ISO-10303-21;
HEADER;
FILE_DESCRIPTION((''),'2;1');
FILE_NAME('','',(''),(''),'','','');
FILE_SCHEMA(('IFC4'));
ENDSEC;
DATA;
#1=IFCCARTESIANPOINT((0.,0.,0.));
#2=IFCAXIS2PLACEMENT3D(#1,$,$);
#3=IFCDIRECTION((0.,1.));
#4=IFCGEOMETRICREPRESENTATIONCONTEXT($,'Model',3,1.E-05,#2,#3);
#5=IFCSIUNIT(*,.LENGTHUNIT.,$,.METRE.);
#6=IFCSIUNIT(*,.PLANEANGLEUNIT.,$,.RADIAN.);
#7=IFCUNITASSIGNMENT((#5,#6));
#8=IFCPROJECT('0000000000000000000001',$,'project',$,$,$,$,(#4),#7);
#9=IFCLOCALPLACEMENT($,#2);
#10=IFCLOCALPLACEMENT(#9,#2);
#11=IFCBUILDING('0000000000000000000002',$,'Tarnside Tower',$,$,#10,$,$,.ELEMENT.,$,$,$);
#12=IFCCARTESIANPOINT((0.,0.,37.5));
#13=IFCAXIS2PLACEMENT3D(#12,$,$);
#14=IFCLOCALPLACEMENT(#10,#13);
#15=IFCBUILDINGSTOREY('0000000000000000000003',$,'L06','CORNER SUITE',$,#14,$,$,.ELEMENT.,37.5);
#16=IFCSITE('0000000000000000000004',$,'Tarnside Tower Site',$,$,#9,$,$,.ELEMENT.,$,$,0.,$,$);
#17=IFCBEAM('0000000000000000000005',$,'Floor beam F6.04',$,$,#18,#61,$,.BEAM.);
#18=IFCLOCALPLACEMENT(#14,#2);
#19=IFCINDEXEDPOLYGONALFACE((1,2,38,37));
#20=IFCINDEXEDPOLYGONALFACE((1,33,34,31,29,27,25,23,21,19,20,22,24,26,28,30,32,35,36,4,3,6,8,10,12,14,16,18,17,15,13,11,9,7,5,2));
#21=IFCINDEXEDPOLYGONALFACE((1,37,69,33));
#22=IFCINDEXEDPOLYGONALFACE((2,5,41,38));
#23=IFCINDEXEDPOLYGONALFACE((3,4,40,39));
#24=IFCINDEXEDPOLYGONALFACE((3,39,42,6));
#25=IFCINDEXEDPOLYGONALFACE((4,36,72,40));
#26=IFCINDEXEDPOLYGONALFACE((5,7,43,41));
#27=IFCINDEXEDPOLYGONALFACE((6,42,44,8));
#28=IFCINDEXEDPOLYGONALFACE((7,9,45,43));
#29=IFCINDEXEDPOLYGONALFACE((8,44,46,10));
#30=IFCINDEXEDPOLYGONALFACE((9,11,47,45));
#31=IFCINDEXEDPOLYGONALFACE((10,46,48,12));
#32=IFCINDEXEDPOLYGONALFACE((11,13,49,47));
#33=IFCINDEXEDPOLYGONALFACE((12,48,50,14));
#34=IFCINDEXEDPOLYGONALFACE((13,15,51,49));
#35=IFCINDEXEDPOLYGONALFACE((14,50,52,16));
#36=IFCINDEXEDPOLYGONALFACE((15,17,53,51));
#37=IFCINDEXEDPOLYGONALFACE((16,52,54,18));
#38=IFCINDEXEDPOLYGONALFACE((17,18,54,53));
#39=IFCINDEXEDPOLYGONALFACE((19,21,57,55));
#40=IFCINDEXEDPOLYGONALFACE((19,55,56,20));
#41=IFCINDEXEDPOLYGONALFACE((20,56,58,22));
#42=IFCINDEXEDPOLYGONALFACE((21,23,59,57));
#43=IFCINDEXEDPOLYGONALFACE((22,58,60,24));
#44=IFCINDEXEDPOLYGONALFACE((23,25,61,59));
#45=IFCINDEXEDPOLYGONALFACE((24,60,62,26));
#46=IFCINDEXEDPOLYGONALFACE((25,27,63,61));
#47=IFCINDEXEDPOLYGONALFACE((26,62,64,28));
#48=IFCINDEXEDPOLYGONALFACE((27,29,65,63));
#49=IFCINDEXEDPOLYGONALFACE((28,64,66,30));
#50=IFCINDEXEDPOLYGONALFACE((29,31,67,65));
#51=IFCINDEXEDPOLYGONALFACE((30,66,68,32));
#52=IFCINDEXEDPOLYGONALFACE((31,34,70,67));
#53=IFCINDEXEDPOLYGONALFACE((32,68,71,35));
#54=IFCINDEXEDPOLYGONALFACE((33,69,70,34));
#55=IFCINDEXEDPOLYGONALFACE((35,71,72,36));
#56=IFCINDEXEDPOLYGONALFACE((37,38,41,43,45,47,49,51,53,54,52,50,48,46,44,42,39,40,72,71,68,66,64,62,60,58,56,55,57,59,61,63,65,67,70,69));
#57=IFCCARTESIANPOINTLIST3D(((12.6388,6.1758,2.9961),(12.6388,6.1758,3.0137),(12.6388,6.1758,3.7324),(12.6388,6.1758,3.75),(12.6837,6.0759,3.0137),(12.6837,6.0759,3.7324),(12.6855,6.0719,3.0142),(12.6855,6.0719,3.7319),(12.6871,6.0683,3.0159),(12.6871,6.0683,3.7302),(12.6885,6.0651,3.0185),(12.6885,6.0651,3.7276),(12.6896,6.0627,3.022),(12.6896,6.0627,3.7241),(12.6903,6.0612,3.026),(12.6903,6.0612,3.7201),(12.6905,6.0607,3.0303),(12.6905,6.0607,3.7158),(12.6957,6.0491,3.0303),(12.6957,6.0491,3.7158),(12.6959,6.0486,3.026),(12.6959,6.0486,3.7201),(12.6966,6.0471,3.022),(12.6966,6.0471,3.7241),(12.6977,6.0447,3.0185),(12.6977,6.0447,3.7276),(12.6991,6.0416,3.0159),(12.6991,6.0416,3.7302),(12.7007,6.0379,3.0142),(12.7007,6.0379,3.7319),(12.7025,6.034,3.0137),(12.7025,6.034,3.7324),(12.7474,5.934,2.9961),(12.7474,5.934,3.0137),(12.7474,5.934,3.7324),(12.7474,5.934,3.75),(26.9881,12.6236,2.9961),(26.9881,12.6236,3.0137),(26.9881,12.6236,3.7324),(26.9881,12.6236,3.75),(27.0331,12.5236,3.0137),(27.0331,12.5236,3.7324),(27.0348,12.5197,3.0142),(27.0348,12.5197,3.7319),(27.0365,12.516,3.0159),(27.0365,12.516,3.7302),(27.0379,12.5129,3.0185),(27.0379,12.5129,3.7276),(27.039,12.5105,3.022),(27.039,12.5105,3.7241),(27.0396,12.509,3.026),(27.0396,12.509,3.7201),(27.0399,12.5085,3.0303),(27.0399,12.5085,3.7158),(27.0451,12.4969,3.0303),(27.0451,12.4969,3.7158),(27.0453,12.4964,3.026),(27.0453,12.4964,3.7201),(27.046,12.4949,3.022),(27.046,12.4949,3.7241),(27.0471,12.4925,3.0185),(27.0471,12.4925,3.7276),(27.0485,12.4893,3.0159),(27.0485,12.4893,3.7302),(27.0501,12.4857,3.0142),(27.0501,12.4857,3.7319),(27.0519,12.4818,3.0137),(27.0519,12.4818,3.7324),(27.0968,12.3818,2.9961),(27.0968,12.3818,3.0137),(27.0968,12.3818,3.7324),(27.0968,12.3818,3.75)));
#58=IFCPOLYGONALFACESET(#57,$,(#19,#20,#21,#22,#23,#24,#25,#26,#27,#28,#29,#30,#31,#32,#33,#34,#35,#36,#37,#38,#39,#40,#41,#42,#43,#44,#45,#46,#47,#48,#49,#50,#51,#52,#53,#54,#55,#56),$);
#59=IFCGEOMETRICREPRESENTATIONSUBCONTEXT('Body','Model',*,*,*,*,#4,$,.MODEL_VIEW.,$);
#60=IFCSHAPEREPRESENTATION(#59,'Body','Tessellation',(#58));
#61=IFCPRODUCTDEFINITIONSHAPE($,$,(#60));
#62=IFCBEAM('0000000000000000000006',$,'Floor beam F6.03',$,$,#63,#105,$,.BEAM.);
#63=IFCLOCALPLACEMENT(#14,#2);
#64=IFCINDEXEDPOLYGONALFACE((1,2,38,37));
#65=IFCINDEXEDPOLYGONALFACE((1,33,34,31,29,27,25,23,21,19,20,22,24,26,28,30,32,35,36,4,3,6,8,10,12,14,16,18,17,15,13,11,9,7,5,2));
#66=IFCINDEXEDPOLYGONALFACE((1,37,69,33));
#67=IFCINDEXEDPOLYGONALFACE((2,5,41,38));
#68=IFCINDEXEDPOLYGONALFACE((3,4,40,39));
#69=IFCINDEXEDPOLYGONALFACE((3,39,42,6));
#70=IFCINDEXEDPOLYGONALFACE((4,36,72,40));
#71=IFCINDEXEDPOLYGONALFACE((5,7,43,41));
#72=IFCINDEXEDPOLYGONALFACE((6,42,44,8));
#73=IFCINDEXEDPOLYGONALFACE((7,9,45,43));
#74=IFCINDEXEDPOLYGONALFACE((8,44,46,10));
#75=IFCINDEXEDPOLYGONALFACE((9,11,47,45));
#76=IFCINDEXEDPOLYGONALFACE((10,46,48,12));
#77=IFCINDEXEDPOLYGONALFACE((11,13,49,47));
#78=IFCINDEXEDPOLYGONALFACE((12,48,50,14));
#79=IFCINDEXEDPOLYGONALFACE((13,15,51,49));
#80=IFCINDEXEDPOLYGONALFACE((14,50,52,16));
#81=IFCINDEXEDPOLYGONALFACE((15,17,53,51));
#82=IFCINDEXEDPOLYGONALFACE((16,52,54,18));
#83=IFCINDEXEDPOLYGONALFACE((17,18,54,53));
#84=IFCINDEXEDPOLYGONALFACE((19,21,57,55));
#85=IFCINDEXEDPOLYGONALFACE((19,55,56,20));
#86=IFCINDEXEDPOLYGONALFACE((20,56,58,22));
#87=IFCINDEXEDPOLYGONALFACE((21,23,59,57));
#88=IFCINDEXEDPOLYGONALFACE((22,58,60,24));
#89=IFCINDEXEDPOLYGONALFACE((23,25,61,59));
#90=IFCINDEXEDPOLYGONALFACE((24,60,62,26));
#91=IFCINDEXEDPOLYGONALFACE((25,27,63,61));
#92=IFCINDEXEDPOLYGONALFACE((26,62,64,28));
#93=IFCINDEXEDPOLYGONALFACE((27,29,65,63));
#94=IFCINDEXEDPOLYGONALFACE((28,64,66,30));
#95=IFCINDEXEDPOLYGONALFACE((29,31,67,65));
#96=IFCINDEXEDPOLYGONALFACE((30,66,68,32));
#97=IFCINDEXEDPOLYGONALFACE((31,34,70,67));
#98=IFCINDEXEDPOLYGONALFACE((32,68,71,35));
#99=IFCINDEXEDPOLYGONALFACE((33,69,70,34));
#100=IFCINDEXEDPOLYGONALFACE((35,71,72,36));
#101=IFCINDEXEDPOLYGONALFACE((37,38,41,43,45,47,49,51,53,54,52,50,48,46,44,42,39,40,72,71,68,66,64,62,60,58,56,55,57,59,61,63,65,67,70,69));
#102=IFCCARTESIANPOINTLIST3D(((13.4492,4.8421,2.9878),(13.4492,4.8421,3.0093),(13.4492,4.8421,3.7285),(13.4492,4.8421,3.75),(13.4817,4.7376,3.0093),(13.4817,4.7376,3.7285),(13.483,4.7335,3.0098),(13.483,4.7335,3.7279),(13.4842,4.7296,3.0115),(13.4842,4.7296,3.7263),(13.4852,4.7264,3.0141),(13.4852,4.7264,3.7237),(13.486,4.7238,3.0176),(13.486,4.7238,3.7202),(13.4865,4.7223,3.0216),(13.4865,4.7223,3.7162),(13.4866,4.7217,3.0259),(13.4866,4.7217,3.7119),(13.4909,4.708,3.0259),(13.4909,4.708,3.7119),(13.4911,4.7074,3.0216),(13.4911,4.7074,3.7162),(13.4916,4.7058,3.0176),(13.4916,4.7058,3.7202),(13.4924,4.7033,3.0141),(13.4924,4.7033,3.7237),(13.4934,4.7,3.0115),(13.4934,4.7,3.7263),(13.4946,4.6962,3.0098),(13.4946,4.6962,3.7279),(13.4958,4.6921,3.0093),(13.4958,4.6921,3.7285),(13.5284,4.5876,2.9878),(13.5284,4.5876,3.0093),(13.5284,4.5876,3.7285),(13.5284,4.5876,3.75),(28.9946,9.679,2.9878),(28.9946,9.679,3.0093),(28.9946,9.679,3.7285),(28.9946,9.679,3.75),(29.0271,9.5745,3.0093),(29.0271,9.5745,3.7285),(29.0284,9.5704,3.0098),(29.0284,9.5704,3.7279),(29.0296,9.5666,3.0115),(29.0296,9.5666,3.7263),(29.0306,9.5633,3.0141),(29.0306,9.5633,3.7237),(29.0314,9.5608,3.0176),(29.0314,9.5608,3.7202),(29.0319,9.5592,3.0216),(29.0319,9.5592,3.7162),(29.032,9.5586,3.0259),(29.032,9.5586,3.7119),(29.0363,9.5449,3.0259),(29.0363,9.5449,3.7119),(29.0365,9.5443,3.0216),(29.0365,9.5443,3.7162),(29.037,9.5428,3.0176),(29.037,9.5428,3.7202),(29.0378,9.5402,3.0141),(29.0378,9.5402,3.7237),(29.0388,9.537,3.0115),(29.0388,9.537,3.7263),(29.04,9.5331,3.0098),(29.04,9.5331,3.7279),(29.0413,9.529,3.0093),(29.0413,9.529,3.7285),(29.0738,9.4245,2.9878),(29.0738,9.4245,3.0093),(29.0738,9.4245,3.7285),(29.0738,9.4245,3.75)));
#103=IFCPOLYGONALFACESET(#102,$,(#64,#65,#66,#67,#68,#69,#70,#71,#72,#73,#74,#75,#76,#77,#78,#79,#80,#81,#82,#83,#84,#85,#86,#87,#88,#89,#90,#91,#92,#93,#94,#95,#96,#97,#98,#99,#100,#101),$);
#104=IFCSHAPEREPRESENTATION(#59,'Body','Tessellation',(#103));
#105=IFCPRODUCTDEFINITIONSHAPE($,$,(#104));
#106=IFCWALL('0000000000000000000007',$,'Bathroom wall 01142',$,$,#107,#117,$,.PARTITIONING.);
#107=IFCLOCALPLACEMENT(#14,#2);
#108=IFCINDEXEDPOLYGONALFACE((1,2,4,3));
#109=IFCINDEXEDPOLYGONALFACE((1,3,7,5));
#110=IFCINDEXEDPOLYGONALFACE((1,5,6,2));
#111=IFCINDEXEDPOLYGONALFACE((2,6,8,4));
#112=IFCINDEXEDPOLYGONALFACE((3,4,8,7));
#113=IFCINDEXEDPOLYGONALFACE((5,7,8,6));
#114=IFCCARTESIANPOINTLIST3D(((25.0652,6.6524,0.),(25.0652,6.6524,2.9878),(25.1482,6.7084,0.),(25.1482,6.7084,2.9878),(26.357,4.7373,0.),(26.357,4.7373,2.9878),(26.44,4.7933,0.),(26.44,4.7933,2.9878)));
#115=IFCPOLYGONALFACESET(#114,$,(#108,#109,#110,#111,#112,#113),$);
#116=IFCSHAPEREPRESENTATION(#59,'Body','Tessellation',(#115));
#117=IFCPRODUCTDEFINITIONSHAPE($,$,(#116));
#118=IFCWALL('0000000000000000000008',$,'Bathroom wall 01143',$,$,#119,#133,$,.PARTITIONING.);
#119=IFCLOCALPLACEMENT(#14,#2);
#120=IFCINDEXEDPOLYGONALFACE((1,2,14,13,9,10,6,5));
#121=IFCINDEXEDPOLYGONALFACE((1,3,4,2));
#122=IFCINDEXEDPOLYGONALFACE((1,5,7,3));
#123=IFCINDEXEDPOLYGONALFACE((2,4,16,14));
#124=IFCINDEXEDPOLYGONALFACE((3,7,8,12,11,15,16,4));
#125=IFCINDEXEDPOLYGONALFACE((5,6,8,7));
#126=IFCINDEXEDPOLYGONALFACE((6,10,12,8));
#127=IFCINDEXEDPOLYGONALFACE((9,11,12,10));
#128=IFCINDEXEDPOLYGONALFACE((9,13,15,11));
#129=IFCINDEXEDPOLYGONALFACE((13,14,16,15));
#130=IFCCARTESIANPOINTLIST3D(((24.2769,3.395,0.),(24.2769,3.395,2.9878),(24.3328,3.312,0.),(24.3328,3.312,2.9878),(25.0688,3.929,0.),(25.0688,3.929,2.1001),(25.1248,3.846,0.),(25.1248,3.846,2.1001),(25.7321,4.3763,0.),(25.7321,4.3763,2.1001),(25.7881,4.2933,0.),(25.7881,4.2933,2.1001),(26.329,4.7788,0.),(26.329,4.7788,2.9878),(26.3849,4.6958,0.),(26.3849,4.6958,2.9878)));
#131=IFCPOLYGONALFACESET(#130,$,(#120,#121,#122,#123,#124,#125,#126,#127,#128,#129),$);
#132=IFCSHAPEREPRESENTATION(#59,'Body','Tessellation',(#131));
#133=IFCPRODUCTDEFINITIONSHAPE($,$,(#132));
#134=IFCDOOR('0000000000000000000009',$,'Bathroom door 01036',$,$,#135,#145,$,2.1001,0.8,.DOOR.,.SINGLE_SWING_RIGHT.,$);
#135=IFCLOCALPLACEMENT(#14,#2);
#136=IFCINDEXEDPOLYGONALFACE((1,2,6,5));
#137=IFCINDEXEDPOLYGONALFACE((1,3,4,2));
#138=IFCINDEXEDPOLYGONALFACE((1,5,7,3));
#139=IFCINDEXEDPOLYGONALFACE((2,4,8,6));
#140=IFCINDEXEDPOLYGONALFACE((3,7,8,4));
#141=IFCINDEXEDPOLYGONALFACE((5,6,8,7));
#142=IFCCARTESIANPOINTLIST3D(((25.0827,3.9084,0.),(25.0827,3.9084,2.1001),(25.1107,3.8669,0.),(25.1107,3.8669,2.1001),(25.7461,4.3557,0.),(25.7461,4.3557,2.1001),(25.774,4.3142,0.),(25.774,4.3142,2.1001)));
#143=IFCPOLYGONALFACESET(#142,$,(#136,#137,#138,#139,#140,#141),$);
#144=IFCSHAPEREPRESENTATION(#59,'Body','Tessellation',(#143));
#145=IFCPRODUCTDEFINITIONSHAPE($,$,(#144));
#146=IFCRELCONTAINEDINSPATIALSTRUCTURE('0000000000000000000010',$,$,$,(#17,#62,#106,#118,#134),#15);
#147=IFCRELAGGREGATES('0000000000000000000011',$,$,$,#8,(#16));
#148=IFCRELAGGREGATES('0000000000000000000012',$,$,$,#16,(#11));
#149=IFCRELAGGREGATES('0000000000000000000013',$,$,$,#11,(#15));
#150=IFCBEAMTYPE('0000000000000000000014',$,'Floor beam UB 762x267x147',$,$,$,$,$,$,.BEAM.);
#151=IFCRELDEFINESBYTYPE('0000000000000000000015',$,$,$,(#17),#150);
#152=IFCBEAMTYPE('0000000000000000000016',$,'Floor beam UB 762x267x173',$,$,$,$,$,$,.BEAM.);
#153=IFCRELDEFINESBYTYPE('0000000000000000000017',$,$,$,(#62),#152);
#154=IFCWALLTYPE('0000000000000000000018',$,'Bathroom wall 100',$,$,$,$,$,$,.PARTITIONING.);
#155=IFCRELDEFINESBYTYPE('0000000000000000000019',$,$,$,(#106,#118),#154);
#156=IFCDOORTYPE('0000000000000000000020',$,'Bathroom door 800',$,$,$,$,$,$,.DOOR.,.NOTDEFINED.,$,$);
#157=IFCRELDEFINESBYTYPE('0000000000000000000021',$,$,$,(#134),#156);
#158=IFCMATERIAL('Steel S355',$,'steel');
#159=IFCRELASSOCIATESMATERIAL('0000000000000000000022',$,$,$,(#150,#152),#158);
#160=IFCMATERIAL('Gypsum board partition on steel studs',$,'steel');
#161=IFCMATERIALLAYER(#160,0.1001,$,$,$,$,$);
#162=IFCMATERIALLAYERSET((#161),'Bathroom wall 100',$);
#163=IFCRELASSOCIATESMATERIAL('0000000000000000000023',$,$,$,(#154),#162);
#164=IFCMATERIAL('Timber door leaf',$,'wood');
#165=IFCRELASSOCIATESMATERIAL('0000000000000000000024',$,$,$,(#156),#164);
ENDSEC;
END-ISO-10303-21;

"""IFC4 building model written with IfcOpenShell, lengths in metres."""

from ifc_helpers import new_model, si_unit, direction, frame, frame_2d, origin, origin_2d, place, context, subcontext, project, spatial, rectangle, i_section, extrude, material, layer, layer_set, material_profile, profile_set, type_object, element, fill, save


model = new_model("IFC4")

# Units and contexts
model_context = context("Model", 3, precision=1e-05, world=origin(), true_north=direction((0.0, 1.0)))
body_context = subcontext(model_context, "Body", "Model", "MODEL_VIEW")
ifc_project = project(units=[si_unit("LENGTHUNIT", "METRE"), si_unit("PLANEANGLEUNIT", "RADIAN")], contexts=[model_context])

# Site, building, storey
site_placement = place(None, origin())
site = spatial("IfcSite", under=ifc_project, at=site_placement, Name="Tarnside Tower Site", CompositionType="ELEMENT", RefElevation=0.0)
building_placement = place(site_placement, origin())
building = spatial("IfcBuilding", under=site, at=building_placement, Name="Tarnside Tower", CompositionType="ELEMENT")
storey_placement = place(building_placement, frame((0.0, 0.0, 37.5)))
storey = spatial("IfcBuildingStorey", under=building, at=storey_placement, Name="L06", Description="CORNER SUITE", CompositionType="ELEMENT", Elevation=37.5)

# Beams
ifc_material_1 = material(Name="Steel S355", Category="steel")
ifc_material_profile_1 = material_profile(ifc_material_1, i_section(OverallWidth=0.2651, OverallDepth=0.7539, WebThickness=0.0127, FlangeThickness=0.0176, FilletRadius=0.0166, at=origin_2d()), Name="UB 762x267x147")
ifc_profile_set_1 = profile_set([ifc_material_profile_1], Name="Steel S355")
beam_type_1 = type_object("IfcBeamType", Name="Floor beam UB 762x267x147", PredefinedType="BEAM", material=ifc_profile_set_1)
beam_1_placement = place(storey_placement, frame((27.0425, 12.5027, 3.373), z_axis=(-0.912146, -0.409865, 0.0), x_axis=(0.409865, -0.912146, 0.0)))
element("IfcBeam", 1, at=beam_1_placement, inside=storey, type_object=beam_type_1, Name="Floor beam F6.04", PredefinedType="BEAM", context=body_context, shape_type="SweptSolid", body=[
    extrude(i_section(OverallWidth=0.2651, OverallDepth=0.7539, WebThickness=0.0127, FlangeThickness=0.0176, FilletRadius=0.0166, at=origin_2d()), origin(), (0.0, 0.0, 1.0), 15.7314),
])
ifc_material_profile_2 = material_profile(ifc_material_1, i_section(OverallWidth=0.2666, OverallDepth=0.7622, WebThickness=0.0144, FlangeThickness=0.0215, FilletRadius=0.0166, at=origin_2d()), Name="UB 762x267x173")
ifc_profile_set_2 = profile_set([ifc_material_profile_2], Name="Steel S355")
beam_type_2 = type_object("IfcBeamType", Name="Floor beam UB 762x267x173", PredefinedType="BEAM", material=ifc_profile_set_2)
beam_2_placement = place(storey_placement, frame((29.0342, 9.5518, 3.3689), z_axis=(-0.954847, -0.297098, 0.0), x_axis=(0.297098, -0.954847, 0.0)))
element("IfcBeam", 2, at=beam_2_placement, inside=storey, type_object=beam_type_2, Name="Floor beam F6.03", PredefinedType="BEAM", context=body_context, shape_type="SweptSolid", body=[
    extrude(i_section(OverallWidth=0.2666, OverallDepth=0.7622, WebThickness=0.0144, FlangeThickness=0.0215, FilletRadius=0.0166, at=origin_2d()), origin(), (0.0, 0.0, 1.0), 16.2805),
])

# Wall
ifc_material_2 = material(Name="Gypsum board partition on steel studs", Category="steel")
ifc_layer_1 = layer(ifc_material_2, 0.1001)
ifc_layer_set_1 = layer_set([ifc_layer_1], Name="Bathroom wall 100")
wall_type_1 = type_object("IfcWallType", Name="Bathroom wall 100", PredefinedType="PARTITIONING", material=ifc_layer_set_1)
wall_1_placement = place(storey_placement, frame((25.1067, 6.6804, 0.0), z_axis=(0.0, 0.0, 1.0), x_axis=(0.559204, -0.82903, 0.0)))
element("IfcWall", 3, at=wall_1_placement, inside=storey, type_object=wall_type_1, Name="Bathroom wall 01142", PredefinedType="PARTITIONING", context=body_context, shape_type="SweptSolid", body=[
    extrude(rectangle(XDim=2.3101, YDim=0.1001, at=frame_2d((1.155, 0.0))), origin(), (0.0, 0.0, 1.0), 2.9878),
])

# Wall, opening, door
wall_2_placement = place(storey_placement, frame((26.3569, 4.7373, 0.0), z_axis=(0.0, 0.0, 1.0), x_axis=(-0.829094, -0.559109, 0.0)))
wall_2 = element("IfcWall", 4, at=wall_2_placement, inside=storey, type_object=wall_type_1, Name="Bathroom wall 01143", PredefinedType="PARTITIONING", context=body_context, shape_type="SweptSolid", body=[
    extrude(rectangle(XDim=2.4751, YDim=0.1001, at=frame_2d((1.2375, 0.0))), origin(), (0.0, 0.0, 1.0), 2.9878),
])
opening_1_placement = place(wall_2_placement, frame((0.72, 0.0, 0.0)))
opening_1 = element("IfcOpeningElement", 5, at=opening_1_placement, cuts=wall_2, PredefinedType="OPENING", context=body_context, shape_type="SweptSolid", body=[
    extrude(rectangle(XDim=0.8, YDim=2.1001, at=frame_2d((0.3999, 1.05))), frame((0.0, 0.0601, 0.0), z_axis=(0.0, -1.0, 0.0), x_axis=(1.0, 0.0, 0.0)), (0.0, 0.0, 1.0), 0.1201),
])
ifc_material_3 = material(Name="Timber door leaf", Category="wood")
door_type_1 = type_object("IfcDoorType", Name="Bathroom door 800", OperationType="NOTDEFINED", PredefinedType="DOOR", material=ifc_material_3)
door_1_placement = place(opening_1_placement, origin())
door_1 = element("IfcDoor", 6, at=door_1_placement, inside=storey, type_object=door_type_1, Name="Bathroom door 01036", OperationType="SINGLE_SWING_RIGHT", OverallHeight=2.1001, OverallWidth=0.8, PredefinedType="DOOR", context=body_context, shape_type="SweptSolid", body=[
    extrude(rectangle(XDim=0.8, YDim=2.1001, at=frame_2d((0.3999, 1.05))), frame((0.0, 0.0249, 0.0), z_axis=(0.0, -1.0, 0.0), x_axis=(1.0, 0.0, 0.0)), (0.0, 0.0, 1.0), 0.05),
])
fill(opening_1, door_1)

save(model, "model.ifc")
